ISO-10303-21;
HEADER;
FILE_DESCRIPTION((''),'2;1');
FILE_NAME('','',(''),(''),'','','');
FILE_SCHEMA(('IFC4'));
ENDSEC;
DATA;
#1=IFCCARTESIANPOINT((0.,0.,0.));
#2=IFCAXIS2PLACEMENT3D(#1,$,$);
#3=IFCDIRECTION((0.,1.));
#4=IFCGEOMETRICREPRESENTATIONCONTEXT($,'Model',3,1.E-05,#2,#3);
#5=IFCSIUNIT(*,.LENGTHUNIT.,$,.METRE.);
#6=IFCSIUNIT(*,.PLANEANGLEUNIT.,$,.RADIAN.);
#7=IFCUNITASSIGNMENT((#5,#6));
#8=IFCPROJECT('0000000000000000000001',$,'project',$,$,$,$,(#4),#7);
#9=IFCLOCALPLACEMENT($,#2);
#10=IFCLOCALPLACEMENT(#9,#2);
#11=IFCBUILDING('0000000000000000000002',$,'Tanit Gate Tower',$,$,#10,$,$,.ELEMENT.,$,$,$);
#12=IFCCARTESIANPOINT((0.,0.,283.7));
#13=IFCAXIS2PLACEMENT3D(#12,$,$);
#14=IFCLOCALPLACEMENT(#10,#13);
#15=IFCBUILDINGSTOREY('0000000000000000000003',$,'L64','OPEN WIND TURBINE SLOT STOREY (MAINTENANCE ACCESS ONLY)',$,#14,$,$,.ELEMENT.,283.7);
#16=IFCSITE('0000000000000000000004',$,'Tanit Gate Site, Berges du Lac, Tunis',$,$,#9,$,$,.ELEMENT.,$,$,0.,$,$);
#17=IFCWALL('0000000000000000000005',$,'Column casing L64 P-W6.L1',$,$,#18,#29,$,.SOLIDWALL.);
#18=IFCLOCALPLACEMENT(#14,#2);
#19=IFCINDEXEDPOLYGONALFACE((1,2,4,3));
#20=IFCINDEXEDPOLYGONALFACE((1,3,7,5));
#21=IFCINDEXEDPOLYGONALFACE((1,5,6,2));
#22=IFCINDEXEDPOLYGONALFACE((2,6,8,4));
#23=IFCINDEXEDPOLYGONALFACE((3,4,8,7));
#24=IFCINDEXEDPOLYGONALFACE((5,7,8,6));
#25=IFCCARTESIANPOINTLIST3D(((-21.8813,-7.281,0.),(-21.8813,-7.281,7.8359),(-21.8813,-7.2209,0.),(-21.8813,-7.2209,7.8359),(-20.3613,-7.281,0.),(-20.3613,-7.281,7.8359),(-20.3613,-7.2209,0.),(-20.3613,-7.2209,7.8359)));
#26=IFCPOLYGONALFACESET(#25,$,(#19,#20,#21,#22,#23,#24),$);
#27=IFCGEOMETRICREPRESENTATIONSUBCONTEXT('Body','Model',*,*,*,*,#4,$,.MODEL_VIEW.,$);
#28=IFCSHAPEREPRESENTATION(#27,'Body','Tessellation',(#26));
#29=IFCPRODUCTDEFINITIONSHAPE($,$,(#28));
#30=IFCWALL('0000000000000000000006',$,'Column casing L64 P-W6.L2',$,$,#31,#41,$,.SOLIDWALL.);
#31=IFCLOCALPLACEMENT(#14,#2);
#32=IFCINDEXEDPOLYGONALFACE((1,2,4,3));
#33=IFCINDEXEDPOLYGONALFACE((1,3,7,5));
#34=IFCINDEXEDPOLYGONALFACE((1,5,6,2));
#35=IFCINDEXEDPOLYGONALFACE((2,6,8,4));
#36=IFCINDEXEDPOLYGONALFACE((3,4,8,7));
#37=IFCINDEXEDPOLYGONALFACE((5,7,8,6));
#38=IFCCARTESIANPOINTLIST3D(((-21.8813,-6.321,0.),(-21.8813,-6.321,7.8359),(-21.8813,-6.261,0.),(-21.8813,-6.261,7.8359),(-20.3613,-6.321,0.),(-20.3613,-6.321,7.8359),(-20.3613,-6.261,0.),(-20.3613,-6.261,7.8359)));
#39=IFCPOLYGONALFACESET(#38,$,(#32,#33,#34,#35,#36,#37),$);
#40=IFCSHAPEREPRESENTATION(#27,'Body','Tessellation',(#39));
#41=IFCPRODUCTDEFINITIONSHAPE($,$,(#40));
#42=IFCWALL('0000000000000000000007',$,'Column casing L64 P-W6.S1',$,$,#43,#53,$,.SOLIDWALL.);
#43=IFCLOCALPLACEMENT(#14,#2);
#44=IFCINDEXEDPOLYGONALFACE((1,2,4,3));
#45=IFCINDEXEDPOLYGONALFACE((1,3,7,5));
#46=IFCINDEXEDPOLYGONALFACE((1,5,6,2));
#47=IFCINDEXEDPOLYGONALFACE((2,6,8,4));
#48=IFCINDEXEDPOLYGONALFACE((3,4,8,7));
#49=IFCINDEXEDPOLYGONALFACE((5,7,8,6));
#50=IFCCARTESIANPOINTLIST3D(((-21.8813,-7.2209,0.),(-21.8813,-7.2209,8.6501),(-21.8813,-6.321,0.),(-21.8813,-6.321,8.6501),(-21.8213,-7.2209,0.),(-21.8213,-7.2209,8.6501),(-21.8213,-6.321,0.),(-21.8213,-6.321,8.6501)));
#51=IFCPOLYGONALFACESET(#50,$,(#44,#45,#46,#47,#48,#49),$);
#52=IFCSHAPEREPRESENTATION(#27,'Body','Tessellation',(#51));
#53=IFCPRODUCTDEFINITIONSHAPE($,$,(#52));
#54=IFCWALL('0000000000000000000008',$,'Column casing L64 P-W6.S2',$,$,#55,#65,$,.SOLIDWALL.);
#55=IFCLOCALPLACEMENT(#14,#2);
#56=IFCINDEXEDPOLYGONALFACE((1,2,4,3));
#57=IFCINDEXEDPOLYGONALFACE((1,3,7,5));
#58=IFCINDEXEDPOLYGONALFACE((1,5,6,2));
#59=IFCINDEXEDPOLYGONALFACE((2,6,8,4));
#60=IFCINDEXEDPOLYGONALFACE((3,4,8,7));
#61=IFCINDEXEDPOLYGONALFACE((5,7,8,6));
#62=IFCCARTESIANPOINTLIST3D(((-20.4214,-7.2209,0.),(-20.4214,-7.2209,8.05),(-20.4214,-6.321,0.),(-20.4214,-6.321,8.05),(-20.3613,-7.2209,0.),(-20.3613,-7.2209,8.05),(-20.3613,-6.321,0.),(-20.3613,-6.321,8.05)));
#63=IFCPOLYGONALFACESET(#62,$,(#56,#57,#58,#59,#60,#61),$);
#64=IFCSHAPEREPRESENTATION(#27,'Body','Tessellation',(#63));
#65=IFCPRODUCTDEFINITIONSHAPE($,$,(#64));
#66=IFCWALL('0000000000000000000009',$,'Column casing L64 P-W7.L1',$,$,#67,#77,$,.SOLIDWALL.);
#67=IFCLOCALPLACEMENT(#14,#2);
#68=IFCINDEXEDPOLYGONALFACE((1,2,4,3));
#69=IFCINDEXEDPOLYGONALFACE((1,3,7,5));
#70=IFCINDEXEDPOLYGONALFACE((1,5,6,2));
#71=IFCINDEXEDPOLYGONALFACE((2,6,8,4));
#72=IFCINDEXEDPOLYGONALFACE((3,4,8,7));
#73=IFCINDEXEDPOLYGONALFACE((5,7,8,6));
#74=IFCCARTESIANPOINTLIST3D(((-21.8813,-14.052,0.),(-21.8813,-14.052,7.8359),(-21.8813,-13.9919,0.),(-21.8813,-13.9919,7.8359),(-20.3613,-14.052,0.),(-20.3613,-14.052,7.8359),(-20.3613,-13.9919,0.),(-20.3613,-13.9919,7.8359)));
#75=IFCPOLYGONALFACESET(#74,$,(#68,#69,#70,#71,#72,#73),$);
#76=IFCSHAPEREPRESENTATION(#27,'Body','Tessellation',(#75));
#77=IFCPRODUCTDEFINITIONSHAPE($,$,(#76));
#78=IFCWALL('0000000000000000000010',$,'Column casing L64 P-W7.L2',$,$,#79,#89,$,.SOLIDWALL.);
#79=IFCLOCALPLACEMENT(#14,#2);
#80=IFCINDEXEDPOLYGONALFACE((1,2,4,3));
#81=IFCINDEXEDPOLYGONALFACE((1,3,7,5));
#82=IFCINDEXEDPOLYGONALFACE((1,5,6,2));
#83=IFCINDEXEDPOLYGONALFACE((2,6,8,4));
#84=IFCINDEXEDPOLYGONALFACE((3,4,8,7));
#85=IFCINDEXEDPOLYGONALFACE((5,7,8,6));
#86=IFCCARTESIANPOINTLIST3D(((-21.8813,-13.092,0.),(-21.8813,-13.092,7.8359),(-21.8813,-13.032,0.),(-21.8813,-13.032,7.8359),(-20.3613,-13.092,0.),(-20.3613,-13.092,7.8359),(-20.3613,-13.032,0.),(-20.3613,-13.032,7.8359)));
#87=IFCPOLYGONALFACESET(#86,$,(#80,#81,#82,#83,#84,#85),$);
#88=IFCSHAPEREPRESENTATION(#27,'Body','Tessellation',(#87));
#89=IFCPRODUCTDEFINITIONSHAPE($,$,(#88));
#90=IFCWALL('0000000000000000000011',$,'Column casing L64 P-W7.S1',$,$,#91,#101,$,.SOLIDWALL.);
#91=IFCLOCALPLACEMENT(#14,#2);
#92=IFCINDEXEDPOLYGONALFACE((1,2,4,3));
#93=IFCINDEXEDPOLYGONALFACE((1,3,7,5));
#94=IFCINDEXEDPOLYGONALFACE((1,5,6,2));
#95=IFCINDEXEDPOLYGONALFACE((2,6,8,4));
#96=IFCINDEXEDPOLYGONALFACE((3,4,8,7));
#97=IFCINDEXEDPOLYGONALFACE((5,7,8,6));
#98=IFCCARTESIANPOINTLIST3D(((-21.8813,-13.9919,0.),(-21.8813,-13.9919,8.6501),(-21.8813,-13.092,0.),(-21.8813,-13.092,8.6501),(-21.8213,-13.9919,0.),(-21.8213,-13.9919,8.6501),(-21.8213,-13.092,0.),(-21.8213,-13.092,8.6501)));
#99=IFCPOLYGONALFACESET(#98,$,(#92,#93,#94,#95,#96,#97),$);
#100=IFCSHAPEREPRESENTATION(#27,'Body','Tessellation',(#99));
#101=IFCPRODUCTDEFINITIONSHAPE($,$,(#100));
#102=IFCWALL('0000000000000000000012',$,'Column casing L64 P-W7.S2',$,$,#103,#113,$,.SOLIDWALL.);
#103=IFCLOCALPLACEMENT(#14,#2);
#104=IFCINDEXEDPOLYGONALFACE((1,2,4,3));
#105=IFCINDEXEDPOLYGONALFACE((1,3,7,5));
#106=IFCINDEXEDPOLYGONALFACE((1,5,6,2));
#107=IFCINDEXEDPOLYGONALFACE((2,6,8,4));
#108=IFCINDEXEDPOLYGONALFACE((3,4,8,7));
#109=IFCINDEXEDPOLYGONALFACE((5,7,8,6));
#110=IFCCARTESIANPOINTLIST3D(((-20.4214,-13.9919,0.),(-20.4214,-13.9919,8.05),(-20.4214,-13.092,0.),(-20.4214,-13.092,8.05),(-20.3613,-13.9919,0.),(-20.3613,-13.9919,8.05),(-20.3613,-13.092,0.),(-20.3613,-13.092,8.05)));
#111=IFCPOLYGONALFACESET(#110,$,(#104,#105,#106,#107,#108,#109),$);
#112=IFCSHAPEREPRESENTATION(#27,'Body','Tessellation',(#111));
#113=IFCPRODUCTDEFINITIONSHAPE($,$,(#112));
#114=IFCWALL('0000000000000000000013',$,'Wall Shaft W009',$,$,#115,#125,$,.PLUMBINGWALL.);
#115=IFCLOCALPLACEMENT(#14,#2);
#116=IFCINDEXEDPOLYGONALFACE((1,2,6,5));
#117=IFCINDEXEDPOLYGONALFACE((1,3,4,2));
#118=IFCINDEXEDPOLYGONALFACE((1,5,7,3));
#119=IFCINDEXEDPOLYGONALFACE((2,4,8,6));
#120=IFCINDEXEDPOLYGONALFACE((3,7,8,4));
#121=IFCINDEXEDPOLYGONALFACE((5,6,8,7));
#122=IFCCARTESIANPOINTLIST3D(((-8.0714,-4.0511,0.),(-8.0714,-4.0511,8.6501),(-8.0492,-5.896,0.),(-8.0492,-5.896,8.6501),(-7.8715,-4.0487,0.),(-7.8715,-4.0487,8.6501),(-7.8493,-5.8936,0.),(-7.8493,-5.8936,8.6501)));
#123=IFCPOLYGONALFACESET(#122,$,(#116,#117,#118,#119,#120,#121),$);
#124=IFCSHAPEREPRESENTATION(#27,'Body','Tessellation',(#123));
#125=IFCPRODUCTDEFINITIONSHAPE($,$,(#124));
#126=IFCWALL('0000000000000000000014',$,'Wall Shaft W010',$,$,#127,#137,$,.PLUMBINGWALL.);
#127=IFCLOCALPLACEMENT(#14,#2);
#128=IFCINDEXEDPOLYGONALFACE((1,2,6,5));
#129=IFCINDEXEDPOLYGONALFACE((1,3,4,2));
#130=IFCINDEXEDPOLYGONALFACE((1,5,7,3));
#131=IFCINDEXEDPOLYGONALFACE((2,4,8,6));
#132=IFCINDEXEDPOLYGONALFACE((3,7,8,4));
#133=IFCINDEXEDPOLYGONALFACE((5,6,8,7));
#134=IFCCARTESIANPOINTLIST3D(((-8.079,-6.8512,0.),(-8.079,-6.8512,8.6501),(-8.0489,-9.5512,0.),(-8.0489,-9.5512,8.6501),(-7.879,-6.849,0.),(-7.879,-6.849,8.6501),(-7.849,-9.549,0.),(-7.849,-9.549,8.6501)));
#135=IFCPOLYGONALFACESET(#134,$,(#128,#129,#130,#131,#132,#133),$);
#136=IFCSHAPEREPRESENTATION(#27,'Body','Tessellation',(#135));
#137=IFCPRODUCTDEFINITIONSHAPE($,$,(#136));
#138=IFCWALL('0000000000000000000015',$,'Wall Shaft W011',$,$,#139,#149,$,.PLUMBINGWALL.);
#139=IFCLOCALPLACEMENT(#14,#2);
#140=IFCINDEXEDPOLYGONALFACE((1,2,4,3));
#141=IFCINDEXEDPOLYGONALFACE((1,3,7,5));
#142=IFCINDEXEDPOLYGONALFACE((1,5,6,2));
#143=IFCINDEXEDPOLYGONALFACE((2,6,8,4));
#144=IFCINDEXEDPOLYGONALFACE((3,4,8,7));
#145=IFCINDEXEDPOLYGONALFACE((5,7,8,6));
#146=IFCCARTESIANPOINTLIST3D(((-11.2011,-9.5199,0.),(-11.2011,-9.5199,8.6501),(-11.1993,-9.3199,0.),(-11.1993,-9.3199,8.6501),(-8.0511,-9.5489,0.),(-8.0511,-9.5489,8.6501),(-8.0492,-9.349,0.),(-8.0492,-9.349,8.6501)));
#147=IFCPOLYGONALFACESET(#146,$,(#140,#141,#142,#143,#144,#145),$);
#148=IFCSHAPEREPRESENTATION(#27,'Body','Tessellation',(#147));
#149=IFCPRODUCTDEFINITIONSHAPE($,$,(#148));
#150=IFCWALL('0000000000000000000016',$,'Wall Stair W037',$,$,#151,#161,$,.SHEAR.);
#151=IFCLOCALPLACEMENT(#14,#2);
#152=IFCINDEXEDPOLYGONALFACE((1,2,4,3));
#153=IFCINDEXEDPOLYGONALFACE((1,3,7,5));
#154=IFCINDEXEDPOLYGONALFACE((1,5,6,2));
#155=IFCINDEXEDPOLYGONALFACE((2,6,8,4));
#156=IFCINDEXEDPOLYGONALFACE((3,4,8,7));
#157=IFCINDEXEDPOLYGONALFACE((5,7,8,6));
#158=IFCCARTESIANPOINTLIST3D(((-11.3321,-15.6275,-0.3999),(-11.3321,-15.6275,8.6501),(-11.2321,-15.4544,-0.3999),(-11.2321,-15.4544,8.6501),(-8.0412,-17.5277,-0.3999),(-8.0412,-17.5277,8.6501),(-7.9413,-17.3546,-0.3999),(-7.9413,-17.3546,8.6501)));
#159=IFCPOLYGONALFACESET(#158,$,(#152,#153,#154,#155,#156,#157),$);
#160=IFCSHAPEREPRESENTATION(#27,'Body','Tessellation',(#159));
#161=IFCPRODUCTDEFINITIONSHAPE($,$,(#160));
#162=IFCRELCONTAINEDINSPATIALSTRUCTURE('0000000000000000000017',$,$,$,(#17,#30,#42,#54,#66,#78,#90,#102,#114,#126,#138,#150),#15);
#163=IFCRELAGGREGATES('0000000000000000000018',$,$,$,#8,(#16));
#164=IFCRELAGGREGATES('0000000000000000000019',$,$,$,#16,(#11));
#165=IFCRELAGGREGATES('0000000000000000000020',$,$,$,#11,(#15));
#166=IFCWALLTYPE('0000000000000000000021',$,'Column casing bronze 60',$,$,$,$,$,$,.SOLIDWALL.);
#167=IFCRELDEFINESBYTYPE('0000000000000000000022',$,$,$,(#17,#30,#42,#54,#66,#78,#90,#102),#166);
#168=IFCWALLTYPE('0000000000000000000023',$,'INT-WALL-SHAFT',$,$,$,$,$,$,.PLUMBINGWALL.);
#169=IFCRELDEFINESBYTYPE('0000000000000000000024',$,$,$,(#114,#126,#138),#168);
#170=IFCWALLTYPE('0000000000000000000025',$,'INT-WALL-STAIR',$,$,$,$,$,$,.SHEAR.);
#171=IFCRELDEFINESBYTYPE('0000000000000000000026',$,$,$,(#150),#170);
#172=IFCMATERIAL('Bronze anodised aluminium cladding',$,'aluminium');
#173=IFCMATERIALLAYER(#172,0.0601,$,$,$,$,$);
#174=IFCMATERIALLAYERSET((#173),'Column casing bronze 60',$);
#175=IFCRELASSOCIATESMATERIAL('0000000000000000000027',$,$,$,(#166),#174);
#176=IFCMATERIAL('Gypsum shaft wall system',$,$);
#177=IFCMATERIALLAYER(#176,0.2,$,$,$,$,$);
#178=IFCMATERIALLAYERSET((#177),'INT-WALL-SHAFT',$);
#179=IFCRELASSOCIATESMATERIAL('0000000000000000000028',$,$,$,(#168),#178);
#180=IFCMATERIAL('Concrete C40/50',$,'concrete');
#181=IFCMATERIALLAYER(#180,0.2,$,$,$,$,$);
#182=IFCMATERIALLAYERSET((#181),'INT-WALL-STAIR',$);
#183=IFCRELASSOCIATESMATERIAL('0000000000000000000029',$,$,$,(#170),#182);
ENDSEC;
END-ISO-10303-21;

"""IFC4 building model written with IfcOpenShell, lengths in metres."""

from ifc_helpers import new_model, si_unit, direction, frame, frame_2d, origin, place, context, subcontext, project, spatial, rectangle, extrude, material, layer, layer_set, type_object, element, save


model = new_model("IFC4")

# Units and contexts
model_context = context("Model", 3, precision=1e-05, world=origin(), true_north=direction((0.0, 1.0)))
body_context = subcontext(model_context, "Body", "Model", "MODEL_VIEW")
ifc_project = project(units=[si_unit("LENGTHUNIT", "METRE"), si_unit("PLANEANGLEUNIT", "RADIAN")], contexts=[model_context])

# Site, building, storey
site_placement = place(None, origin())
site = spatial("IfcSite", under=ifc_project, at=site_placement, Name="Tanit Gate Site, Berges du Lac, Tunis", CompositionType="ELEMENT", RefElevation=0.0)
building_placement = place(site_placement, origin())
building = spatial("IfcBuilding", under=site, at=building_placement, Name="Tanit Gate Tower", CompositionType="ELEMENT")
storey_placement = place(building_placement, frame((0.0, 0.0, 283.7)))
storey = spatial("IfcBuildingStorey", under=building, at=storey_placement, Name="L64", Description="OPEN WIND TURBINE SLOT STOREY (MAINTENANCE ACCESS ONLY)", CompositionType="ELEMENT", Elevation=283.7)

# Walls
ifc_material_1 = material(Name="Bronze anodised aluminium cladding", Category="aluminium")
ifc_layer_1 = layer(ifc_material_1, 0.0601)
ifc_layer_set_1 = layer_set([ifc_layer_1], Name="Column casing bronze 60")
wall_type_1 = type_object("IfcWallType", Name="Column casing bronze 60", PredefinedType="SOLIDWALL", material=ifc_layer_set_1)
for number, where, z_axis, x_axis, name in (
    (1, (-20.3613, -7.251, 0.0), (0.0, 0.0, 1.0), (-1.0, 0.0, 0.0), "Column casing L64 P-W6.L1"),
    (2, (-20.3613, -6.291, 0.0), (0.0, 0.0, 1.0), (-1.0, 0.0, 0.0), "Column casing L64 P-W6.L2"),
):
    element("IfcWall", number, at=place(storey_placement, frame(where, z_axis=z_axis, x_axis=x_axis)), inside=storey, type_object=wall_type_1, Name=name, PredefinedType="SOLIDWALL", context=body_context, shape_type="SweptSolid", body=[
        extrude(rectangle(XDim=1.52, YDim=0.0601, at=frame_2d((0.76, 0.0))), origin(), (0.0, 0.0, 1.0), 7.8359),
    ])
wall_1_placement = place(storey_placement, frame((-21.8513, -6.321, 0.0), z_axis=(0.0, 0.0, 1.0), x_axis=(0.0, -1.0, 0.0)))
element("IfcWall", 3, at=wall_1_placement, inside=storey, type_object=wall_type_1, Name="Column casing L64 P-W6.S1", PredefinedType="SOLIDWALL", context=body_context, shape_type="SweptSolid", body=[
    extrude(rectangle(XDim=0.8999, YDim=0.0601, at=frame_2d((0.45, 0.0))), origin(), (0.0, 0.0, 1.0), 8.6501),
])
wall_2_placement = place(storey_placement, frame((-20.3914, -6.321, 0.0), z_axis=(0.0, 0.0, 1.0), x_axis=(0.0, -1.0, 0.0)))
element("IfcWall", 4, at=wall_2_placement, inside=storey, type_object=wall_type_1, Name="Column casing L64 P-W6.S2", PredefinedType="SOLIDWALL", context=body_context, shape_type="SweptSolid", body=[
    extrude(rectangle(XDim=0.8999, YDim=0.0601, at=frame_2d((0.45, 0.0))), origin(), (0.0, 0.0, 1.0), 8.05),
])
for number, where, z_axis, x_axis, name in (
    (5, (-20.3613, -14.022, 0.0), (0.0, 0.0, 1.0), (-1.0, 0.0, 0.0), "Column casing L64 P-W7.L1"),
    (6, (-20.3613, -13.062, 0.0), (0.0, 0.0, 1.0), (-1.0, 0.0, 0.0), "Column casing L64 P-W7.L2"),
):
    element("IfcWall", number, at=place(storey_placement, frame(where, z_axis=z_axis, x_axis=x_axis)), inside=storey, type_object=wall_type_1, Name=name, PredefinedType="SOLIDWALL", context=body_context, shape_type="SweptSolid", body=[
        extrude(rectangle(XDim=1.52, YDim=0.0601, at=frame_2d((0.76, 0.0))), origin(), (0.0, 0.0, 1.0), 7.8359),
    ])
wall_3_placement = place(storey_placement, frame((-21.8513, -13.092, 0.0), z_axis=(0.0, 0.0, 1.0), x_axis=(0.0, -1.0, 0.0)))
element("IfcWall", 7, at=wall_3_placement, inside=storey, type_object=wall_type_1, Name="Column casing L64 P-W7.S1", PredefinedType="SOLIDWALL", context=body_context, shape_type="SweptSolid", body=[
    extrude(rectangle(XDim=0.8999, YDim=0.0601, at=frame_2d((0.45, 0.0))), origin(), (0.0, 0.0, 1.0), 8.6501),
])
wall_4_placement = place(storey_placement, frame((-20.3914, -13.092, 0.0), z_axis=(0.0, 0.0, 1.0), x_axis=(0.0, -1.0, 0.0)))
element("IfcWall", 8, at=wall_4_placement, inside=storey, type_object=wall_type_1, Name="Column casing L64 P-W7.S2", PredefinedType="SOLIDWALL", context=body_context, shape_type="SweptSolid", body=[
    extrude(rectangle(XDim=0.8999, YDim=0.0601, at=frame_2d((0.45, 0.0))), origin(), (0.0, 0.0, 1.0), 8.05),
])
ifc_material_2 = material(Name="Gypsum shaft wall system")
ifc_layer_2 = layer(ifc_material_2, 0.2)
ifc_layer_set_2 = layer_set([ifc_layer_2], Name="INT-WALL-SHAFT")
wall_type_2 = type_object("IfcWallType", Name="INT-WALL-SHAFT", PredefinedType="PLUMBINGWALL", material=ifc_layer_set_2)
wall_5_placement = place(storey_placement, frame((-7.9714, -4.05, 0.0), z_axis=(0.0, 0.0, 1.0), x_axis=(0.012043, -0.999927, 0.0)))
element("IfcWall", 9, at=wall_5_placement, inside=storey, type_object=wall_type_2, Name="Wall Shaft W009", PredefinedType="PLUMBINGWALL", context=body_context, shape_type="SweptSolid", body=[
    extrude(rectangle(XDim=1.845, YDim=0.2, at=frame_2d((0.9224, 0.0))), origin(), (0.0, 0.0, 1.0), 8.6501),
])
wall_6_placement = place(storey_placement, frame((-7.979, -6.8501, 0.0), z_axis=(0.0, 0.0, 1.0), x_axis=(0.011121, -0.999938, 0.0)))
element("IfcWall", 10, at=wall_6_placement, inside=storey, type_object=wall_type_2, Name="Wall Shaft W010", PredefinedType="PLUMBINGWALL", context=body_context, shape_type="SweptSolid", body=[
    extrude(rectangle(XDim=2.7002, YDim=0.2, at=frame_2d((1.3501, 0.0))), origin(), (0.0, 0.0, 1.0), 8.6501),
])
wall_7_placement = place(storey_placement, frame((-8.05, -9.449, 0.0), z_axis=(0.0, 0.0, 1.0), x_axis=(-0.999957, 0.009223, 0.0)))
element("IfcWall", 11, at=wall_7_placement, inside=storey, type_object=wall_type_2, Name="Wall Shaft W011", PredefinedType="PLUMBINGWALL", context=body_context, shape_type="SweptSolid", body=[
    extrude(rectangle(XDim=3.1501, YDim=0.2, at=frame_2d((1.5752, 0.0))), origin(), (0.0, 0.0, 1.0), 8.6501),
])
ifc_material_3 = material(Name="Concrete C40/50", Category="concrete")
ifc_layer_3 = layer(ifc_material_3, 0.2)
ifc_layer_set_3 = layer_set([ifc_layer_3], Name="INT-WALL-STAIR")
wall_type_3 = type_object("IfcWallType", Name="INT-WALL-STAIR", PredefinedType="SHEAR", material=ifc_layer_set_3)
wall_8_placement = place(storey_placement, frame((-11.282, -15.541, -0.3999), z_axis=(0.0, 0.0, 1.0), x_axis=(0.866, -0.500043, 0.0)))
element("IfcWall", 12, at=wall_8_placement, inside=storey, type_object=wall_type_3, Name="Wall Stair W037", PredefinedType="SHEAR", context=body_context, shape_type="SweptSolid", body=[
    extrude(rectangle(XDim=3.8, YDim=0.2, at=frame_2d((1.8999, 0.0))), origin(), (0.0, 0.0, 1.0), 9.05),
])

save(model, "model.ifc")
